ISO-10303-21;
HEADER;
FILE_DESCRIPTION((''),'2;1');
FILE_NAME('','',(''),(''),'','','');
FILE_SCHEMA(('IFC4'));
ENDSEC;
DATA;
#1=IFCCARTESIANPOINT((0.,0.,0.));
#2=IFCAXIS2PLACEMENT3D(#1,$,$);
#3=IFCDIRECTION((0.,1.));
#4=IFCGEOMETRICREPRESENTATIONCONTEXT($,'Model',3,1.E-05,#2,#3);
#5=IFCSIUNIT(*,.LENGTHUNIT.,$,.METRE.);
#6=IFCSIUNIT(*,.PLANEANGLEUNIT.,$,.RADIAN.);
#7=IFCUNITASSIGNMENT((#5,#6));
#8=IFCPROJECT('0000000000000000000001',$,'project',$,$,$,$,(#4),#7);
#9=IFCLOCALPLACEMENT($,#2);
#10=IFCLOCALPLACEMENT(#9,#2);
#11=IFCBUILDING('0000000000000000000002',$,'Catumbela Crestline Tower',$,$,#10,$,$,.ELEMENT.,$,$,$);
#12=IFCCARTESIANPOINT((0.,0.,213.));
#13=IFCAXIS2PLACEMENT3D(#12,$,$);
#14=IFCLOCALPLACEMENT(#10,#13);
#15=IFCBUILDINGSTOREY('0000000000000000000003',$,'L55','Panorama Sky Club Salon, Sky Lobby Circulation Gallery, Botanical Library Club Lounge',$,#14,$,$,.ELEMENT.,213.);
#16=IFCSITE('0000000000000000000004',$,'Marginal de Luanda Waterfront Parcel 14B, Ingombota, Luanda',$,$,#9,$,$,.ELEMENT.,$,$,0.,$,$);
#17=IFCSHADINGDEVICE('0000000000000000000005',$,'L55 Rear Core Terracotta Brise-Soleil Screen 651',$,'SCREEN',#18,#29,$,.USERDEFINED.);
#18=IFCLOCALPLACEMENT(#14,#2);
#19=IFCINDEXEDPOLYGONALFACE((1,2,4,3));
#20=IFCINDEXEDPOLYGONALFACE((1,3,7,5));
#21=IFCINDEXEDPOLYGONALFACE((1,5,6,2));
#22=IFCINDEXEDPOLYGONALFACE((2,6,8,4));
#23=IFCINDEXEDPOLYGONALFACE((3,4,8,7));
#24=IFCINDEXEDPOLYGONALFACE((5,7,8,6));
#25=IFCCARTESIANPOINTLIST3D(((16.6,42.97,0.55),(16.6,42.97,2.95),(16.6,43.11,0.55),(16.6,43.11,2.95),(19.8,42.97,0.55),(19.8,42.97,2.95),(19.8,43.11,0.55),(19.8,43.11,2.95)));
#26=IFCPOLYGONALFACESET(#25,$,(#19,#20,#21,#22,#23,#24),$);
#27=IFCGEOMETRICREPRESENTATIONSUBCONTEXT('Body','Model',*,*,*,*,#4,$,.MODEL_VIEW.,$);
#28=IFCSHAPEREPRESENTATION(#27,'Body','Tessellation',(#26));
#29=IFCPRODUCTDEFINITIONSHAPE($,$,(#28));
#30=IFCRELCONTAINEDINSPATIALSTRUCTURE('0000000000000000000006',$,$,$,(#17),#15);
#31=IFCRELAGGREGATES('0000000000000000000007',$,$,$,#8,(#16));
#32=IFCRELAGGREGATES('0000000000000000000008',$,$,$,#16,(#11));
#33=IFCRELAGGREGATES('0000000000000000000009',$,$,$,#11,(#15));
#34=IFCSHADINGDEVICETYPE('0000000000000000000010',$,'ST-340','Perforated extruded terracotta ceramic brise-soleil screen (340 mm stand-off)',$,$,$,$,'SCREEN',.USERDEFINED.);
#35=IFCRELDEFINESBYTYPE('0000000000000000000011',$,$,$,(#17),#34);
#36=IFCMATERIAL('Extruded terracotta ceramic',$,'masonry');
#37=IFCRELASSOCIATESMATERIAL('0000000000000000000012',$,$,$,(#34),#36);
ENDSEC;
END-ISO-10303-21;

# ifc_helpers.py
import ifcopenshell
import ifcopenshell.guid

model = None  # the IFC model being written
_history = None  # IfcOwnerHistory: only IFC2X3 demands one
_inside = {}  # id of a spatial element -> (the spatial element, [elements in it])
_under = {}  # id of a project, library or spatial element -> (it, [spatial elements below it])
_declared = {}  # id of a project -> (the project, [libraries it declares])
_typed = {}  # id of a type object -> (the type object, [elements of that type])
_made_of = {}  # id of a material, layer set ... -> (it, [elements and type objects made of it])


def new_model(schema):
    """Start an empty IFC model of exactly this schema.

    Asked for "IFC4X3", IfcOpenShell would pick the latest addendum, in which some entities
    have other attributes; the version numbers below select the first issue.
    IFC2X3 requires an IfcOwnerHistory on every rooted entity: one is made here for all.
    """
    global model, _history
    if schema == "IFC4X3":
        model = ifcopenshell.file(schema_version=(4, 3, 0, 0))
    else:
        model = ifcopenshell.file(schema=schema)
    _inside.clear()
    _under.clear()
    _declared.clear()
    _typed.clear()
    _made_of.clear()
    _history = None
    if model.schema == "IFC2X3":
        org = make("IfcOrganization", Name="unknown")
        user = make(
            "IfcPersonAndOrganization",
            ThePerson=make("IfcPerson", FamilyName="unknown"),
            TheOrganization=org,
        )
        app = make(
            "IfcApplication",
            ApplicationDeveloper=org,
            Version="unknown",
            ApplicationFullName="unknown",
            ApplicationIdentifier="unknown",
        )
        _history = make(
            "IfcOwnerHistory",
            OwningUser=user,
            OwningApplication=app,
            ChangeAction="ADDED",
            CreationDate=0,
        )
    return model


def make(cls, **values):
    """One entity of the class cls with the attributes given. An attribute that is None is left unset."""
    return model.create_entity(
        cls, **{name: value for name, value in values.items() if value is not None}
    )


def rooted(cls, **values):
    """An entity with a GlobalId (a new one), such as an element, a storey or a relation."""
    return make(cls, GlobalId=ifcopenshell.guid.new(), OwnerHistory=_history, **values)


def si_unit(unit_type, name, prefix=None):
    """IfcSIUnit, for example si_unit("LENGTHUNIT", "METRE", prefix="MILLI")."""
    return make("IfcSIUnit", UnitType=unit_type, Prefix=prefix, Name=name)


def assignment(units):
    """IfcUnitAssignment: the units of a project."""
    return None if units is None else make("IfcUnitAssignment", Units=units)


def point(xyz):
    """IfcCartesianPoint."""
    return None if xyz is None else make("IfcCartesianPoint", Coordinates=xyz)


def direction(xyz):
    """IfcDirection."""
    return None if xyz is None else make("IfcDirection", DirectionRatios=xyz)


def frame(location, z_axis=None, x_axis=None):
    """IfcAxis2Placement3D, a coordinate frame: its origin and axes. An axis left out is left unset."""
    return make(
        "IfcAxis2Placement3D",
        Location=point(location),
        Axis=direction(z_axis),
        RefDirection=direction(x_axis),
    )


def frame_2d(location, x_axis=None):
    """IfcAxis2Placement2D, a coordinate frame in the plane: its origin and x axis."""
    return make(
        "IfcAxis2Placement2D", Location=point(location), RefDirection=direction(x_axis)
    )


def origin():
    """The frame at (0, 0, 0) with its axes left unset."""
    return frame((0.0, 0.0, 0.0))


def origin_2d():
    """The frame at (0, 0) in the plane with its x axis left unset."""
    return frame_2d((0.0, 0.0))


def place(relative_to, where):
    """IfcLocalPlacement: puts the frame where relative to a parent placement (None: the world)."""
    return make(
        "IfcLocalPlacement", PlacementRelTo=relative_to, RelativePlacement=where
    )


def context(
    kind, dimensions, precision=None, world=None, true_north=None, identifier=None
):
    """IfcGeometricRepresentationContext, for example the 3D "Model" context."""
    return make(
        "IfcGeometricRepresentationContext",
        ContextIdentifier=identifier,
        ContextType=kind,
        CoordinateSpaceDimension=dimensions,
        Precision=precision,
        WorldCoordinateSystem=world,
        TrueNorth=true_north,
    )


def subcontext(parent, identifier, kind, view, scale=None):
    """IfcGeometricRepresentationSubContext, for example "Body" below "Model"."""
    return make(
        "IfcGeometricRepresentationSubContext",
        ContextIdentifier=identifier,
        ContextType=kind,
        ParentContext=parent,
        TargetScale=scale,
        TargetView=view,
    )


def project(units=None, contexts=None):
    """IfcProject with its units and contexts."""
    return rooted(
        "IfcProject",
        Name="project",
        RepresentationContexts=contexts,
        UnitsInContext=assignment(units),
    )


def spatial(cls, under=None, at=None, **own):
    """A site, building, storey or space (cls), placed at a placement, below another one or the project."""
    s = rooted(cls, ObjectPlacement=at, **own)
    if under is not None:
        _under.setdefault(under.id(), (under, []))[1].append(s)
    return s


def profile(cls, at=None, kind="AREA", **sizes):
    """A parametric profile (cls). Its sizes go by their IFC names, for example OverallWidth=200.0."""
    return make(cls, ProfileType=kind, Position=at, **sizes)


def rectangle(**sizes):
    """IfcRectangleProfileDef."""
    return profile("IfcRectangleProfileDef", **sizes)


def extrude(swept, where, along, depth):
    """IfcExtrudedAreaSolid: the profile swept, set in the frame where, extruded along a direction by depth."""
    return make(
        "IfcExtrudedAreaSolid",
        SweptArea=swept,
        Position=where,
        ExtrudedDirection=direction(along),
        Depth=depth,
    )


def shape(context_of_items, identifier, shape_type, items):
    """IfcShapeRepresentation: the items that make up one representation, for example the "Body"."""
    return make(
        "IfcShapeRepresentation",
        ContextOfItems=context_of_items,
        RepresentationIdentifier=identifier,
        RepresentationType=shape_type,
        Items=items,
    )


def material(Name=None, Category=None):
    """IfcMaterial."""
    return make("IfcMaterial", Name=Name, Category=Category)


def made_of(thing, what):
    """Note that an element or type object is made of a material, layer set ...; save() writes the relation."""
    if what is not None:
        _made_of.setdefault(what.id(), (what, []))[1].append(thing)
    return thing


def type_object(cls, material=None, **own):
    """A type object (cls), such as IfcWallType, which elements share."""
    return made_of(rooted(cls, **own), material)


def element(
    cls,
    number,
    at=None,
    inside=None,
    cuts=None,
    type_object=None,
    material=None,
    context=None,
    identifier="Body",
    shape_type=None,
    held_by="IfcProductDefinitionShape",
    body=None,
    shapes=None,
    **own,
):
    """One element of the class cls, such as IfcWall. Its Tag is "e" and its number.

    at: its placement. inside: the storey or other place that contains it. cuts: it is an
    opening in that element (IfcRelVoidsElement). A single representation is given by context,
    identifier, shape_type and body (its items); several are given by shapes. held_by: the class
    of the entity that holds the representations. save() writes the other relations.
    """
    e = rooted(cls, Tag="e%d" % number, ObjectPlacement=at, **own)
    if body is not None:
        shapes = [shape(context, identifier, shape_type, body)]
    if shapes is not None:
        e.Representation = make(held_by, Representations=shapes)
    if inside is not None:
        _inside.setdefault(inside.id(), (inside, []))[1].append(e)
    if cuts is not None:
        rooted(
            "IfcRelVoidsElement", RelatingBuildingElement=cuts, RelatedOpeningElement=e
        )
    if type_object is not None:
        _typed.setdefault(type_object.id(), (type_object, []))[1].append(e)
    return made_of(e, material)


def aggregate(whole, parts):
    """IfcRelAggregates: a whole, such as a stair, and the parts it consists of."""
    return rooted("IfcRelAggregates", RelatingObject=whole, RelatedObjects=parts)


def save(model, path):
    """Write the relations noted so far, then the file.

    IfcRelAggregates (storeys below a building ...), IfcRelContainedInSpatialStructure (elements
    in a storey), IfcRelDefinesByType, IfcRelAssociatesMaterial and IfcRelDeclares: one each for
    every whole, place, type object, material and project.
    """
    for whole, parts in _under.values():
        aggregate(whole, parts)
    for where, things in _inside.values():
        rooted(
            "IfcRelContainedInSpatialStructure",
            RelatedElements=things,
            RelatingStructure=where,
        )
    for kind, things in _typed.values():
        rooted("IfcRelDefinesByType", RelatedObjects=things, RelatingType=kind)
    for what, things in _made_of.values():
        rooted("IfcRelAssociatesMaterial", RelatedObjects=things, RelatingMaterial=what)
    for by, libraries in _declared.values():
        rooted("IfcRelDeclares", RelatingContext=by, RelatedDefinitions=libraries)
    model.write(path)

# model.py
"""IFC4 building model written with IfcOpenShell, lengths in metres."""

from ifc_helpers import new_model, si_unit, direction, frame, origin, origin_2d, place, context, subcontext, project, spatial, rectangle, extrude, material, type_object, element, save


model = new_model("IFC4")

# Units and contexts
model_context = context("Model", 3, precision=1e-05, world=origin(), true_north=direction((0.0, 1.0)))
body_context = subcontext(model_context, "Body", "Model", "MODEL_VIEW")
ifc_project = project(units=[si_unit("LENGTHUNIT", "METRE"), si_unit("PLANEANGLEUNIT", "RADIAN")], contexts=[model_context])

# Site, building, storey
site_placement = place(None, origin())
site = spatial("IfcSite", under=ifc_project, at=site_placement, Name="Marginal de Luanda Waterfront Parcel 14B, Ingombota, Luanda", CompositionType="ELEMENT", RefElevation=0.0)
building_placement = place(site_placement, origin())
building = spatial("IfcBuilding", under=site, at=building_placement, Name="Catumbela Crestline Tower", CompositionType="ELEMENT")
storey_placement = place(building_placement, frame((0.0, 0.0, 213.0)))
storey = spatial("IfcBuildingStorey", under=building, at=storey_placement, Name="L55", Description="Panorama Sky Club Salon, Sky Lobby Circulation Gallery, Botanical Library Club Lounge", CompositionType="ELEMENT", Elevation=213.0)

# Shading device
ifc_material_1 = material(Name="Extruded terracotta ceramic", Category="masonry")
shading_device_type_1 = type_object("IfcShadingDeviceType", Name="ST-340", Description="Perforated extruded terracotta ceramic brise-soleil screen (340 mm stand-off)", ElementType="SCREEN", PredefinedType="USERDEFINED", material=ifc_material_1)
shading_device_1_placement = place(storey_placement, frame((18.2, 43.04, 0.55), z_axis=(0.0, 0.0, 1.0), x_axis=(1.0, 0.0, 0.0)))
element("IfcShadingDevice", 1, at=shading_device_1_placement, inside=storey, type_object=shading_device_type_1, Name="L55 Rear Core Terracotta Brise-Soleil Screen 651", ObjectType="SCREEN", PredefinedType="USERDEFINED", context=body_context, shape_type="SweptSolid", body=[
    extrude(rectangle(XDim=3.2, YDim=0.14, at=origin_2d()), origin(), (0.0, 0.0, 1.0), 2.4),
])

save(model, "model.ifc")
